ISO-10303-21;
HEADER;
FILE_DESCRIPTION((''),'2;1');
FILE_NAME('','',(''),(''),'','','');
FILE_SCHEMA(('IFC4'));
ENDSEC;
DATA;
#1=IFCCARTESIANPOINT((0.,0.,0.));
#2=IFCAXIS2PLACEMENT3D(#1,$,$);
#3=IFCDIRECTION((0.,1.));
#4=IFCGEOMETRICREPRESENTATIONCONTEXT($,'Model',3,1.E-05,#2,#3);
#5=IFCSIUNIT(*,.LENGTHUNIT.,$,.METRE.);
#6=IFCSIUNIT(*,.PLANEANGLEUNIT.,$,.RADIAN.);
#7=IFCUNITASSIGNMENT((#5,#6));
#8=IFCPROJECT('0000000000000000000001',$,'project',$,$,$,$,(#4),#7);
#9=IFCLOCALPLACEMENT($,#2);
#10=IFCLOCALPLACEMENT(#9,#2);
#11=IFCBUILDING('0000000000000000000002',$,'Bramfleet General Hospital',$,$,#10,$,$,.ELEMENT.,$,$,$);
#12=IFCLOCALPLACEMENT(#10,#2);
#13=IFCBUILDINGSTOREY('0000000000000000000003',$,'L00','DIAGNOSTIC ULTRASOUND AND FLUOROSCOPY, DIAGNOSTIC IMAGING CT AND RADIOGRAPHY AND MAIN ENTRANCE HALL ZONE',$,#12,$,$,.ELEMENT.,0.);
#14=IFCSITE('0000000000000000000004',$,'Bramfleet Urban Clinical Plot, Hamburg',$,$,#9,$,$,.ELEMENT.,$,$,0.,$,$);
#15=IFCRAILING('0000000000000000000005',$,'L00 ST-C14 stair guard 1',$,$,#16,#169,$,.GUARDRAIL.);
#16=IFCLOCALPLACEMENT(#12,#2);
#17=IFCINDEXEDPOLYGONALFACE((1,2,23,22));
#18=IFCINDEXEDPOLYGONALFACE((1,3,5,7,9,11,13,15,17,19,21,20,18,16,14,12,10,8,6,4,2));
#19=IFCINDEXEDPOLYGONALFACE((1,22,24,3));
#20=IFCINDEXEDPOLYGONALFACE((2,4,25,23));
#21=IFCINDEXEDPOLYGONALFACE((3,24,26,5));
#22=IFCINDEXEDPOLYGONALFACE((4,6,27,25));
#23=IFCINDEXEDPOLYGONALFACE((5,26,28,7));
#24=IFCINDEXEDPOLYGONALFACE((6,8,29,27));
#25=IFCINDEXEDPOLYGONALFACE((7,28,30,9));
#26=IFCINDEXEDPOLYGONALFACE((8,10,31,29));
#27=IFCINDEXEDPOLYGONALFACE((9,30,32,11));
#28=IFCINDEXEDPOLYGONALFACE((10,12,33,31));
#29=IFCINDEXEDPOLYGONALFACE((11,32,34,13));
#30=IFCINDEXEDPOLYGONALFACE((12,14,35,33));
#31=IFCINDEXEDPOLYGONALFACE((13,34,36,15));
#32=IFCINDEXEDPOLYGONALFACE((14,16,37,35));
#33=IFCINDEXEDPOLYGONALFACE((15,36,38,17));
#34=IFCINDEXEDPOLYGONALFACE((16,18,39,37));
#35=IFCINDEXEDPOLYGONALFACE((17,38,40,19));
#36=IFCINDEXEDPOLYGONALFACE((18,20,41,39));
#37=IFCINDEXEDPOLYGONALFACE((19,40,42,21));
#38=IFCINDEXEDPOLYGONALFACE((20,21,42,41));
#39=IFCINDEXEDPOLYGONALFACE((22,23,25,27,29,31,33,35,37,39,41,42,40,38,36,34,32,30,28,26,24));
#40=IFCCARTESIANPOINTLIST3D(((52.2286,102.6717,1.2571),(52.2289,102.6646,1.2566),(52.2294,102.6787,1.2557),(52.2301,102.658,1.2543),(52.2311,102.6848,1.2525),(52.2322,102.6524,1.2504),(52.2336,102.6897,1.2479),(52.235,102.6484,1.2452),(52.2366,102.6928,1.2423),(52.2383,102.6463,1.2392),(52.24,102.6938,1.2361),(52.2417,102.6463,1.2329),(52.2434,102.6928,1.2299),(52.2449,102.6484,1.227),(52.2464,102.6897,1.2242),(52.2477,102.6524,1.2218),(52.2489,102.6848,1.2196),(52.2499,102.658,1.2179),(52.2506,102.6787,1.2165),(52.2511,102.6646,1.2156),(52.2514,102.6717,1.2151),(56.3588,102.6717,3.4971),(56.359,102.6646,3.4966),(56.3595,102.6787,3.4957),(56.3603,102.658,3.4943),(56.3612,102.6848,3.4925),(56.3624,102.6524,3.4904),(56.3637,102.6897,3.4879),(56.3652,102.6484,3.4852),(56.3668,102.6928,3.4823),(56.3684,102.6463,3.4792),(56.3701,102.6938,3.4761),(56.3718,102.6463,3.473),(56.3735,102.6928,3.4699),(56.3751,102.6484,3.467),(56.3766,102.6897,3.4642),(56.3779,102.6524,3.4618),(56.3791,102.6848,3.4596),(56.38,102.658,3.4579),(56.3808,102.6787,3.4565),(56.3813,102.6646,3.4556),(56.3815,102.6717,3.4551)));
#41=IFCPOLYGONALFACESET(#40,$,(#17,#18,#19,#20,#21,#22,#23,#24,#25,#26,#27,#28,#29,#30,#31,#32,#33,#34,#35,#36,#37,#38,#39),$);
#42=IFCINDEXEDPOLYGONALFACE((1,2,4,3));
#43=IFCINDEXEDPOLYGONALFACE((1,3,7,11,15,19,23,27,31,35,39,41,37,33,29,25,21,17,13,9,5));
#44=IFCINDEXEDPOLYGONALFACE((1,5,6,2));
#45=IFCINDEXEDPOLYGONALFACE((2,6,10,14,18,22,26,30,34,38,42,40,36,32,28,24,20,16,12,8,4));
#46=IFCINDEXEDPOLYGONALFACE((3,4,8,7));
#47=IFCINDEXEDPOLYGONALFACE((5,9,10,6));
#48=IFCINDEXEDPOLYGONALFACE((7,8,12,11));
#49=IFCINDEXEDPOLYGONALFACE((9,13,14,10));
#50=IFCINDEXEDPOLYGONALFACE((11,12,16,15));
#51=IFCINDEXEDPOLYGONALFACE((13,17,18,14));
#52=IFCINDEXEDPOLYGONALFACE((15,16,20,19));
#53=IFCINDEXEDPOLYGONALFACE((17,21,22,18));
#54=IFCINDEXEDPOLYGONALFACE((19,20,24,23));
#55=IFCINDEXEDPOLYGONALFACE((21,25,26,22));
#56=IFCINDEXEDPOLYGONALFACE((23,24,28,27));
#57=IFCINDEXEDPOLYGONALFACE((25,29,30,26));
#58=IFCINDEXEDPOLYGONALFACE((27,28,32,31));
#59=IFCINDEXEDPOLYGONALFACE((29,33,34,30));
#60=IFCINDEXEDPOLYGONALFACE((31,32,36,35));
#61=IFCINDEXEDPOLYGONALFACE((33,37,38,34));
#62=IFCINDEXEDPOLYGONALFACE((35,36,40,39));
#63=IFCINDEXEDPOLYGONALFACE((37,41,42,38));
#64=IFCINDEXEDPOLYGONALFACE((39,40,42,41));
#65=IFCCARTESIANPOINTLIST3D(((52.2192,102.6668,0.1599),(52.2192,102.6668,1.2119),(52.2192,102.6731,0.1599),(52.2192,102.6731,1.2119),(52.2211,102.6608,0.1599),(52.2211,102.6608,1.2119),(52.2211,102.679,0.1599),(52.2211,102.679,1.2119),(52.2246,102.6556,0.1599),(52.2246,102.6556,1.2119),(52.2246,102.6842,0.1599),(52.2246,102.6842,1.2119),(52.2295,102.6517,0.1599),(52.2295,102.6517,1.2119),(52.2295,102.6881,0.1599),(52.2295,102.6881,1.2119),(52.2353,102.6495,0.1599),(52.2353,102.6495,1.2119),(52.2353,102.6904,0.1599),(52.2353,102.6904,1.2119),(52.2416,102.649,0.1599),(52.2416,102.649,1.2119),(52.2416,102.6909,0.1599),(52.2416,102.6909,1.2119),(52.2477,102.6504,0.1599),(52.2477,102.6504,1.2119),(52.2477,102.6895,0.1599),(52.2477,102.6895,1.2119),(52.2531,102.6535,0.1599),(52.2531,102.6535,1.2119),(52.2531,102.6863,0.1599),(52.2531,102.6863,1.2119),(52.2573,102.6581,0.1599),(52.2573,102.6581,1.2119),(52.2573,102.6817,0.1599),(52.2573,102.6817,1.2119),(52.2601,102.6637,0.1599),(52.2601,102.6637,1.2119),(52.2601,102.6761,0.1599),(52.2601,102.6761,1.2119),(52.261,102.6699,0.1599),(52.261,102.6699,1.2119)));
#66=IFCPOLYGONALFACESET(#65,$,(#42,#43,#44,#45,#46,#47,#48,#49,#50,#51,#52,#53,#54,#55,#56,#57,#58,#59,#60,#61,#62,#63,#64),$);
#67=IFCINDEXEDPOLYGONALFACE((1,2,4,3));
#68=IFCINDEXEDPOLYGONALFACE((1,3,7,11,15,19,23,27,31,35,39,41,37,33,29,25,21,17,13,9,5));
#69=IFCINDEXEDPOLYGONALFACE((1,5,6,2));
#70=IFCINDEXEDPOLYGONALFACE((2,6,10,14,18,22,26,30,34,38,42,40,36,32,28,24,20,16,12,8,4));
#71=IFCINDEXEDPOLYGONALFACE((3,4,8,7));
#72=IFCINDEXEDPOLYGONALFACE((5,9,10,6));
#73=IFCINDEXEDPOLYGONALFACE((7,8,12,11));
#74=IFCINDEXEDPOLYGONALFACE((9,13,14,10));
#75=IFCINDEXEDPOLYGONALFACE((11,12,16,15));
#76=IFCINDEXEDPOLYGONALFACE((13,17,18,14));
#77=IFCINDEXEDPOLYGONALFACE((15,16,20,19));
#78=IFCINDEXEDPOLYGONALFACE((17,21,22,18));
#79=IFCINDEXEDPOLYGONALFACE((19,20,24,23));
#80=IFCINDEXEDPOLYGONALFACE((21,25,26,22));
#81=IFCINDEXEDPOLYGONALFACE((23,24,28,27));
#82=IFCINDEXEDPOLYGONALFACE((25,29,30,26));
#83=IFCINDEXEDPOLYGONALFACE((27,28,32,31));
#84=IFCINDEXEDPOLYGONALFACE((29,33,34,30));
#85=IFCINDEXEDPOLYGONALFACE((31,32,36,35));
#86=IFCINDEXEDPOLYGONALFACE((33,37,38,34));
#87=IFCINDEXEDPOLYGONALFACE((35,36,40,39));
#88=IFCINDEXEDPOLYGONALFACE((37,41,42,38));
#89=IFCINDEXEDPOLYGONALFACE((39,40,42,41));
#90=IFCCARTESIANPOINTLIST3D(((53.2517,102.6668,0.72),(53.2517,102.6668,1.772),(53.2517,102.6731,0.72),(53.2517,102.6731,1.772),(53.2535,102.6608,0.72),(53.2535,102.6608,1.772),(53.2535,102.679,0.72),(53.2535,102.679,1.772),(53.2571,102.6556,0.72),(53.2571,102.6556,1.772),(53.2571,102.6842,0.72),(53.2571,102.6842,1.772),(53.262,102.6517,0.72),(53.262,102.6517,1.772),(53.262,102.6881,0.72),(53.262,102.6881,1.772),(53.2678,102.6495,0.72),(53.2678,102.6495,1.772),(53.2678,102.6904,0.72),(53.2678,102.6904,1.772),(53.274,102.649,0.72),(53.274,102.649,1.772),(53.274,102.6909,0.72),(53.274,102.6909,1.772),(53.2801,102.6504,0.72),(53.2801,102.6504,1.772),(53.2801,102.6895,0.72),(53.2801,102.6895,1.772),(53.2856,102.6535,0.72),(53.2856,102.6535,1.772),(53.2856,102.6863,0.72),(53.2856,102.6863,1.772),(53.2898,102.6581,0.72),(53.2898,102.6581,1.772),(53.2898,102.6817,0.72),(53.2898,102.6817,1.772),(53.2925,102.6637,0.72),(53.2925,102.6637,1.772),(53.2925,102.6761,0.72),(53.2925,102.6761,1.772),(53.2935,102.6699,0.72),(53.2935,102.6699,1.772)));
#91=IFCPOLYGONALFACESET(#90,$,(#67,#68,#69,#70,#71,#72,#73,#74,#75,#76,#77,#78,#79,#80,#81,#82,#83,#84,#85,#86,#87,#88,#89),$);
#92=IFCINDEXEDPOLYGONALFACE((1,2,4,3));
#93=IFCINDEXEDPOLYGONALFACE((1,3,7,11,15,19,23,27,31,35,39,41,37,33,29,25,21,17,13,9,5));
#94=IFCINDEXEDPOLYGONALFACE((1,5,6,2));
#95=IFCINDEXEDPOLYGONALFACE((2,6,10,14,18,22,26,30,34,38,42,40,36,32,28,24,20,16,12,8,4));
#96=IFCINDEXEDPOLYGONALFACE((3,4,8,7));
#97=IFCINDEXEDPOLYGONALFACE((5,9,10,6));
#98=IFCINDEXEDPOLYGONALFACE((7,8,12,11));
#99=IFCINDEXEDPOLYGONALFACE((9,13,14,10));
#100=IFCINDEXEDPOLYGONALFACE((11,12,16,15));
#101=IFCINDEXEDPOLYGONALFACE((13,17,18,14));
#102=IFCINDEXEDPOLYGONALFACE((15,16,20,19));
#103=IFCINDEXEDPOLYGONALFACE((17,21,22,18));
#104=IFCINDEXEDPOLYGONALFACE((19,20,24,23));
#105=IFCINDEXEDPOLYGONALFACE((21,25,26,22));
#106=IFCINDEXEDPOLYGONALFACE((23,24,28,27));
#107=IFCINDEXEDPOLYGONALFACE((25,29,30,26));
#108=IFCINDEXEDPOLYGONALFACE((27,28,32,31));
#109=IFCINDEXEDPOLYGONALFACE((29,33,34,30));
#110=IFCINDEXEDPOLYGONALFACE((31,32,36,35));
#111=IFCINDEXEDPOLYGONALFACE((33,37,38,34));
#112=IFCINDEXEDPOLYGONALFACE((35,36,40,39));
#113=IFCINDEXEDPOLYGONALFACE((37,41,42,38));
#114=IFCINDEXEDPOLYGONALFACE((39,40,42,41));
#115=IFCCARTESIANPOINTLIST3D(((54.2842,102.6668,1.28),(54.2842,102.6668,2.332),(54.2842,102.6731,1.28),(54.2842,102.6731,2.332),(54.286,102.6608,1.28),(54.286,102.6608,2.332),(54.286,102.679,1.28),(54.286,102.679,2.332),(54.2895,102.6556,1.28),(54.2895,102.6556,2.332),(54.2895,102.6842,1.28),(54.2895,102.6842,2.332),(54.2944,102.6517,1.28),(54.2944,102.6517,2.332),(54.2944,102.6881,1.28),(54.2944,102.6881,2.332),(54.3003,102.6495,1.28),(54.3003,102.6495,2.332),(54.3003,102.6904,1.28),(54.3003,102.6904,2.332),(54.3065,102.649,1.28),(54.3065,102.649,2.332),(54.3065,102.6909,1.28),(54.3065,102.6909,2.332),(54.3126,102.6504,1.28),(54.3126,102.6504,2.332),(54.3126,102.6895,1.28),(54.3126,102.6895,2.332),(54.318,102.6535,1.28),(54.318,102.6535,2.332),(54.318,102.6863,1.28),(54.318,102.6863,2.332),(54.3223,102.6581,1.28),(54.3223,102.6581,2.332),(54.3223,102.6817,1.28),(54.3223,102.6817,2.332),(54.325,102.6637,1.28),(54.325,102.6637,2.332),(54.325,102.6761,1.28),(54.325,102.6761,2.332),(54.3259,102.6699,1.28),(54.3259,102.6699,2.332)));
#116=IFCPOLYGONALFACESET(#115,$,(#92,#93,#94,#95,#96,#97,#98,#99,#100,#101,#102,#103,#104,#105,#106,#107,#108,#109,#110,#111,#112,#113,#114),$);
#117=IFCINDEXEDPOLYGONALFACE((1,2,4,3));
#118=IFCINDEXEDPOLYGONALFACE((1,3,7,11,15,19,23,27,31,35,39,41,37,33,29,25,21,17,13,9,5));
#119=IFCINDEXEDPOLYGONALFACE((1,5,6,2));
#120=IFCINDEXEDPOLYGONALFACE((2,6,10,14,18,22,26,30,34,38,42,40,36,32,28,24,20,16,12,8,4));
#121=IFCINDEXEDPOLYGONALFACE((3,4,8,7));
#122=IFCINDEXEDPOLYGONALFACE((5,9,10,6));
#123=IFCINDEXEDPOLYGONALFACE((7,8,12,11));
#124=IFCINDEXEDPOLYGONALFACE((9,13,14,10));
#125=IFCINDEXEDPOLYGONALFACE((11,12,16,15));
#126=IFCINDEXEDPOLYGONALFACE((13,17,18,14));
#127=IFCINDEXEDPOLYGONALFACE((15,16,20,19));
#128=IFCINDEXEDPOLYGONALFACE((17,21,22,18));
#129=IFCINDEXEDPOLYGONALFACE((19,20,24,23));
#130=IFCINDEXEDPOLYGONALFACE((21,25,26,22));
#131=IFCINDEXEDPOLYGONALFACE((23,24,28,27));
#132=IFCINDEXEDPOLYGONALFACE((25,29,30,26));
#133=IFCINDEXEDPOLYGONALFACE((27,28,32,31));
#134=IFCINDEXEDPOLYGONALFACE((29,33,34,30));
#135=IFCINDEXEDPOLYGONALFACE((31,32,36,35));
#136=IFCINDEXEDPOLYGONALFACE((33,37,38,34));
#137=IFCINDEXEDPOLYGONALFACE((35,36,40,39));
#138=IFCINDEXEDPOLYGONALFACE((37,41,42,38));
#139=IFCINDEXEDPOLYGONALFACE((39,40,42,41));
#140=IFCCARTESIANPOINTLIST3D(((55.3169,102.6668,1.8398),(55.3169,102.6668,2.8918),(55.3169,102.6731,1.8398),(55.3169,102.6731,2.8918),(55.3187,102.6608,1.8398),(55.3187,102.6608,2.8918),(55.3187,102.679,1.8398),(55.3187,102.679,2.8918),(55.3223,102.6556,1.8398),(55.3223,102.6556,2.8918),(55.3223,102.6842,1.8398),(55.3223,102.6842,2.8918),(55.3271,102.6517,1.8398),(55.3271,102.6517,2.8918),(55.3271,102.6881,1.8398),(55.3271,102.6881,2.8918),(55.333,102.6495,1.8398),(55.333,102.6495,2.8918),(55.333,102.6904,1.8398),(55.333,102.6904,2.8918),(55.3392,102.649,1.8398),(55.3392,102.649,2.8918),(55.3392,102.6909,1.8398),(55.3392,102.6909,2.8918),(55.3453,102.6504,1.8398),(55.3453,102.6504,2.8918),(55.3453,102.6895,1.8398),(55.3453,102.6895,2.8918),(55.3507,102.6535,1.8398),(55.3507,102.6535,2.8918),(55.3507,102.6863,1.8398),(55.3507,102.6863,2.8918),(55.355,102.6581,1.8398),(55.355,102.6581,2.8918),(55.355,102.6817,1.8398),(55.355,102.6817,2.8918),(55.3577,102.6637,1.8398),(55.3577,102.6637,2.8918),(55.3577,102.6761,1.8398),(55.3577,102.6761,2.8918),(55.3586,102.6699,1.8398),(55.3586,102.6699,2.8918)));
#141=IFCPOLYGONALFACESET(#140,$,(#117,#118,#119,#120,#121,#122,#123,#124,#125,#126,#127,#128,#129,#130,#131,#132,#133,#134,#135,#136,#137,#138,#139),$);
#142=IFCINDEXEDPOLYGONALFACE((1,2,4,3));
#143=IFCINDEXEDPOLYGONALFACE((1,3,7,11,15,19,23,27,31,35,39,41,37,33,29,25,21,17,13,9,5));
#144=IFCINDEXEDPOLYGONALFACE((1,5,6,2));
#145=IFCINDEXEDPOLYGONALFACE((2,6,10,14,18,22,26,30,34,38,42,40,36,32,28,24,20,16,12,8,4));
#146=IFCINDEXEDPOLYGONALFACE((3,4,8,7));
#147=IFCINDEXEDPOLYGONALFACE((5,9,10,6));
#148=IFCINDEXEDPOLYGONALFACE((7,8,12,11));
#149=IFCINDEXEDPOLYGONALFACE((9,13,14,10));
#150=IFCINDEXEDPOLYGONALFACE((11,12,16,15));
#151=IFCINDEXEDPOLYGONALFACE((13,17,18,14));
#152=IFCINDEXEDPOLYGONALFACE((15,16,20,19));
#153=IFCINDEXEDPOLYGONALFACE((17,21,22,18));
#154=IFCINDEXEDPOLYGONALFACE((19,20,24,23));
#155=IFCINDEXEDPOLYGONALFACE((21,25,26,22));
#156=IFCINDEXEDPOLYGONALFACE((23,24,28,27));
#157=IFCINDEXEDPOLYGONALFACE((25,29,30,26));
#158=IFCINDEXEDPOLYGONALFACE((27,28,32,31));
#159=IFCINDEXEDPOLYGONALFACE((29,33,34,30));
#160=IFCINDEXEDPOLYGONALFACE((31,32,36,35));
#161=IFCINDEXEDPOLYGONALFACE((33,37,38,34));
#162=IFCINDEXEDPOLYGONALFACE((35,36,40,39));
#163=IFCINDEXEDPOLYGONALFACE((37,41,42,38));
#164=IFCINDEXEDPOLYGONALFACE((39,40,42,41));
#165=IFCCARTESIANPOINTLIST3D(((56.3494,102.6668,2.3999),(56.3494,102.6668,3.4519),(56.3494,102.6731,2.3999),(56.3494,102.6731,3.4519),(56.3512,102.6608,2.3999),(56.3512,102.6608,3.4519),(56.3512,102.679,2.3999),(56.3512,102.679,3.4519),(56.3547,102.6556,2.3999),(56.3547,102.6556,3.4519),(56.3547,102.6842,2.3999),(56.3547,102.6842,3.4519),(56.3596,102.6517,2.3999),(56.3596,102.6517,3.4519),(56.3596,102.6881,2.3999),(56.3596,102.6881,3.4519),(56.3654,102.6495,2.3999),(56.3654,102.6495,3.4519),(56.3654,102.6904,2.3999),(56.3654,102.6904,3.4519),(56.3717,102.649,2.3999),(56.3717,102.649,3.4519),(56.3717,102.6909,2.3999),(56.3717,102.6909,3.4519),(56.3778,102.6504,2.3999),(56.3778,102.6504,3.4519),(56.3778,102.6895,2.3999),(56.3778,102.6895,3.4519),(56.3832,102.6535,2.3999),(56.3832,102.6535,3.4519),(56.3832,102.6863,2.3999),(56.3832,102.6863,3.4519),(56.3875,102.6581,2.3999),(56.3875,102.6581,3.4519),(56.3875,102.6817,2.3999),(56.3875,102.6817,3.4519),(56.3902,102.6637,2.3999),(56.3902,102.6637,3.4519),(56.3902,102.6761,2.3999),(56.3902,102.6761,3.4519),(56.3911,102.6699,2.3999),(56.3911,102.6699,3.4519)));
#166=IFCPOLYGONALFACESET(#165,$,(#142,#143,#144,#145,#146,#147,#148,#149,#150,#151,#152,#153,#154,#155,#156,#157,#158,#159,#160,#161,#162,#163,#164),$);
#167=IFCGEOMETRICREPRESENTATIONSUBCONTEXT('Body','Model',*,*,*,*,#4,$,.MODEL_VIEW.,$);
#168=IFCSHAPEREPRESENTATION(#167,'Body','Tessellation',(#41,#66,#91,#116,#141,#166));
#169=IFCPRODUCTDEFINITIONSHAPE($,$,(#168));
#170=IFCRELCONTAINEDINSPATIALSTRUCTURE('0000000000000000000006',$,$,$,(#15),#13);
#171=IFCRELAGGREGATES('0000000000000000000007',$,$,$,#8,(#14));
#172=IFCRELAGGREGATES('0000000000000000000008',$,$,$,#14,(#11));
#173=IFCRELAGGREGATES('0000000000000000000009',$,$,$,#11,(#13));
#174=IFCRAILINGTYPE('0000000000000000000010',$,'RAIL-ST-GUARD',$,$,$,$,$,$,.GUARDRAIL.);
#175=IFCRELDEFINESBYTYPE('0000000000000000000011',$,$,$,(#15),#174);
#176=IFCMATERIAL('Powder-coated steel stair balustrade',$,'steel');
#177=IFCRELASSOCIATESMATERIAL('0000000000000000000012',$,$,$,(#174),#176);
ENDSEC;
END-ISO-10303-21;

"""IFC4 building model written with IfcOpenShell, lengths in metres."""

from ifc_helpers import new_model, si_unit, direction, frame, origin, origin_2d, place, context, subcontext, project, spatial, circle, extrude, material, type_object, element, save


model = new_model("IFC4")

# Units and contexts
model_context = context("Model", 3, precision=1e-05, world=origin(), true_north=direction((0.0, 1.0)))
body_context = subcontext(model_context, "Body", "Model", "MODEL_VIEW")
ifc_project = project(units=[si_unit("LENGTHUNIT", "METRE"), si_unit("PLANEANGLEUNIT", "RADIAN")], contexts=[model_context])

# Site, building, storey
site_placement = place(None, origin())
site = spatial("IfcSite", under=ifc_project, at=site_placement, Name="Bramfleet Urban Clinical Plot, Hamburg", CompositionType="ELEMENT", RefElevation=0.0)
building_placement = place(site_placement, origin())
building = spatial("IfcBuilding", under=site, at=building_placement, Name="Bramfleet General Hospital", CompositionType="ELEMENT")
storey_placement = place(building_placement, origin())
storey = spatial("IfcBuildingStorey", under=building, at=storey_placement, Name="L00", Description="DIAGNOSTIC ULTRASOUND AND FLUOROSCOPY, DIAGNOSTIC IMAGING CT AND RADIOGRAPHY AND MAIN ENTRANCE HALL ZONE", CompositionType="ELEMENT", Elevation=0.0)

# Railing
ifc_material_1 = material(Name="Powder-coated steel stair balustrade", Category="steel")
railing_type_1 = type_object("IfcRailingType", Name="RAIL-ST-GUARD", PredefinedType="GUARDRAIL", material=ifc_material_1)
railing_1_placement = place(storey_placement, frame((52.24, 102.6699, 0.1599)))
element("IfcRailing", 1, at=railing_1_placement, inside=storey, type_object=railing_type_1, Name="L00 ST-C14 stair guard 1", PredefinedType="GUARDRAIL", context=body_context, shape_type="SweptSolid", body=[
    extrude(circle(Radius=0.0239, at=origin_2d()), frame((0.0, 0.0, 1.0762), z_axis=(0.879039, 0.0, 0.47675), x_axis=(0.0, 1.0, 0.0)), (0.0, 0.0, 1.0), 4.6985),
    extrude(circle(Radius=0.021, at=origin_2d()), origin(), (0.0, 0.0, 1.0), 1.052),
    extrude(circle(Radius=0.021, at=origin_2d()), frame((1.0325, 0.0, 0.5601)), (0.0, 0.0, 1.0), 1.052),
    extrude(circle(Radius=0.021, at=origin_2d()), frame((2.0649, 0.0, 1.1201)), (0.0, 0.0, 1.0), 1.052),
    extrude(circle(Radius=0.021, at=origin_2d()), frame((3.0977, 0.0, 1.6799)), (0.0, 0.0, 1.0), 1.052),
    extrude(circle(Radius=0.021, at=origin_2d()), frame((4.1301, 0.0, 2.24)), (0.0, 0.0, 1.0), 1.052),
])

save(model, "model.ifc")
